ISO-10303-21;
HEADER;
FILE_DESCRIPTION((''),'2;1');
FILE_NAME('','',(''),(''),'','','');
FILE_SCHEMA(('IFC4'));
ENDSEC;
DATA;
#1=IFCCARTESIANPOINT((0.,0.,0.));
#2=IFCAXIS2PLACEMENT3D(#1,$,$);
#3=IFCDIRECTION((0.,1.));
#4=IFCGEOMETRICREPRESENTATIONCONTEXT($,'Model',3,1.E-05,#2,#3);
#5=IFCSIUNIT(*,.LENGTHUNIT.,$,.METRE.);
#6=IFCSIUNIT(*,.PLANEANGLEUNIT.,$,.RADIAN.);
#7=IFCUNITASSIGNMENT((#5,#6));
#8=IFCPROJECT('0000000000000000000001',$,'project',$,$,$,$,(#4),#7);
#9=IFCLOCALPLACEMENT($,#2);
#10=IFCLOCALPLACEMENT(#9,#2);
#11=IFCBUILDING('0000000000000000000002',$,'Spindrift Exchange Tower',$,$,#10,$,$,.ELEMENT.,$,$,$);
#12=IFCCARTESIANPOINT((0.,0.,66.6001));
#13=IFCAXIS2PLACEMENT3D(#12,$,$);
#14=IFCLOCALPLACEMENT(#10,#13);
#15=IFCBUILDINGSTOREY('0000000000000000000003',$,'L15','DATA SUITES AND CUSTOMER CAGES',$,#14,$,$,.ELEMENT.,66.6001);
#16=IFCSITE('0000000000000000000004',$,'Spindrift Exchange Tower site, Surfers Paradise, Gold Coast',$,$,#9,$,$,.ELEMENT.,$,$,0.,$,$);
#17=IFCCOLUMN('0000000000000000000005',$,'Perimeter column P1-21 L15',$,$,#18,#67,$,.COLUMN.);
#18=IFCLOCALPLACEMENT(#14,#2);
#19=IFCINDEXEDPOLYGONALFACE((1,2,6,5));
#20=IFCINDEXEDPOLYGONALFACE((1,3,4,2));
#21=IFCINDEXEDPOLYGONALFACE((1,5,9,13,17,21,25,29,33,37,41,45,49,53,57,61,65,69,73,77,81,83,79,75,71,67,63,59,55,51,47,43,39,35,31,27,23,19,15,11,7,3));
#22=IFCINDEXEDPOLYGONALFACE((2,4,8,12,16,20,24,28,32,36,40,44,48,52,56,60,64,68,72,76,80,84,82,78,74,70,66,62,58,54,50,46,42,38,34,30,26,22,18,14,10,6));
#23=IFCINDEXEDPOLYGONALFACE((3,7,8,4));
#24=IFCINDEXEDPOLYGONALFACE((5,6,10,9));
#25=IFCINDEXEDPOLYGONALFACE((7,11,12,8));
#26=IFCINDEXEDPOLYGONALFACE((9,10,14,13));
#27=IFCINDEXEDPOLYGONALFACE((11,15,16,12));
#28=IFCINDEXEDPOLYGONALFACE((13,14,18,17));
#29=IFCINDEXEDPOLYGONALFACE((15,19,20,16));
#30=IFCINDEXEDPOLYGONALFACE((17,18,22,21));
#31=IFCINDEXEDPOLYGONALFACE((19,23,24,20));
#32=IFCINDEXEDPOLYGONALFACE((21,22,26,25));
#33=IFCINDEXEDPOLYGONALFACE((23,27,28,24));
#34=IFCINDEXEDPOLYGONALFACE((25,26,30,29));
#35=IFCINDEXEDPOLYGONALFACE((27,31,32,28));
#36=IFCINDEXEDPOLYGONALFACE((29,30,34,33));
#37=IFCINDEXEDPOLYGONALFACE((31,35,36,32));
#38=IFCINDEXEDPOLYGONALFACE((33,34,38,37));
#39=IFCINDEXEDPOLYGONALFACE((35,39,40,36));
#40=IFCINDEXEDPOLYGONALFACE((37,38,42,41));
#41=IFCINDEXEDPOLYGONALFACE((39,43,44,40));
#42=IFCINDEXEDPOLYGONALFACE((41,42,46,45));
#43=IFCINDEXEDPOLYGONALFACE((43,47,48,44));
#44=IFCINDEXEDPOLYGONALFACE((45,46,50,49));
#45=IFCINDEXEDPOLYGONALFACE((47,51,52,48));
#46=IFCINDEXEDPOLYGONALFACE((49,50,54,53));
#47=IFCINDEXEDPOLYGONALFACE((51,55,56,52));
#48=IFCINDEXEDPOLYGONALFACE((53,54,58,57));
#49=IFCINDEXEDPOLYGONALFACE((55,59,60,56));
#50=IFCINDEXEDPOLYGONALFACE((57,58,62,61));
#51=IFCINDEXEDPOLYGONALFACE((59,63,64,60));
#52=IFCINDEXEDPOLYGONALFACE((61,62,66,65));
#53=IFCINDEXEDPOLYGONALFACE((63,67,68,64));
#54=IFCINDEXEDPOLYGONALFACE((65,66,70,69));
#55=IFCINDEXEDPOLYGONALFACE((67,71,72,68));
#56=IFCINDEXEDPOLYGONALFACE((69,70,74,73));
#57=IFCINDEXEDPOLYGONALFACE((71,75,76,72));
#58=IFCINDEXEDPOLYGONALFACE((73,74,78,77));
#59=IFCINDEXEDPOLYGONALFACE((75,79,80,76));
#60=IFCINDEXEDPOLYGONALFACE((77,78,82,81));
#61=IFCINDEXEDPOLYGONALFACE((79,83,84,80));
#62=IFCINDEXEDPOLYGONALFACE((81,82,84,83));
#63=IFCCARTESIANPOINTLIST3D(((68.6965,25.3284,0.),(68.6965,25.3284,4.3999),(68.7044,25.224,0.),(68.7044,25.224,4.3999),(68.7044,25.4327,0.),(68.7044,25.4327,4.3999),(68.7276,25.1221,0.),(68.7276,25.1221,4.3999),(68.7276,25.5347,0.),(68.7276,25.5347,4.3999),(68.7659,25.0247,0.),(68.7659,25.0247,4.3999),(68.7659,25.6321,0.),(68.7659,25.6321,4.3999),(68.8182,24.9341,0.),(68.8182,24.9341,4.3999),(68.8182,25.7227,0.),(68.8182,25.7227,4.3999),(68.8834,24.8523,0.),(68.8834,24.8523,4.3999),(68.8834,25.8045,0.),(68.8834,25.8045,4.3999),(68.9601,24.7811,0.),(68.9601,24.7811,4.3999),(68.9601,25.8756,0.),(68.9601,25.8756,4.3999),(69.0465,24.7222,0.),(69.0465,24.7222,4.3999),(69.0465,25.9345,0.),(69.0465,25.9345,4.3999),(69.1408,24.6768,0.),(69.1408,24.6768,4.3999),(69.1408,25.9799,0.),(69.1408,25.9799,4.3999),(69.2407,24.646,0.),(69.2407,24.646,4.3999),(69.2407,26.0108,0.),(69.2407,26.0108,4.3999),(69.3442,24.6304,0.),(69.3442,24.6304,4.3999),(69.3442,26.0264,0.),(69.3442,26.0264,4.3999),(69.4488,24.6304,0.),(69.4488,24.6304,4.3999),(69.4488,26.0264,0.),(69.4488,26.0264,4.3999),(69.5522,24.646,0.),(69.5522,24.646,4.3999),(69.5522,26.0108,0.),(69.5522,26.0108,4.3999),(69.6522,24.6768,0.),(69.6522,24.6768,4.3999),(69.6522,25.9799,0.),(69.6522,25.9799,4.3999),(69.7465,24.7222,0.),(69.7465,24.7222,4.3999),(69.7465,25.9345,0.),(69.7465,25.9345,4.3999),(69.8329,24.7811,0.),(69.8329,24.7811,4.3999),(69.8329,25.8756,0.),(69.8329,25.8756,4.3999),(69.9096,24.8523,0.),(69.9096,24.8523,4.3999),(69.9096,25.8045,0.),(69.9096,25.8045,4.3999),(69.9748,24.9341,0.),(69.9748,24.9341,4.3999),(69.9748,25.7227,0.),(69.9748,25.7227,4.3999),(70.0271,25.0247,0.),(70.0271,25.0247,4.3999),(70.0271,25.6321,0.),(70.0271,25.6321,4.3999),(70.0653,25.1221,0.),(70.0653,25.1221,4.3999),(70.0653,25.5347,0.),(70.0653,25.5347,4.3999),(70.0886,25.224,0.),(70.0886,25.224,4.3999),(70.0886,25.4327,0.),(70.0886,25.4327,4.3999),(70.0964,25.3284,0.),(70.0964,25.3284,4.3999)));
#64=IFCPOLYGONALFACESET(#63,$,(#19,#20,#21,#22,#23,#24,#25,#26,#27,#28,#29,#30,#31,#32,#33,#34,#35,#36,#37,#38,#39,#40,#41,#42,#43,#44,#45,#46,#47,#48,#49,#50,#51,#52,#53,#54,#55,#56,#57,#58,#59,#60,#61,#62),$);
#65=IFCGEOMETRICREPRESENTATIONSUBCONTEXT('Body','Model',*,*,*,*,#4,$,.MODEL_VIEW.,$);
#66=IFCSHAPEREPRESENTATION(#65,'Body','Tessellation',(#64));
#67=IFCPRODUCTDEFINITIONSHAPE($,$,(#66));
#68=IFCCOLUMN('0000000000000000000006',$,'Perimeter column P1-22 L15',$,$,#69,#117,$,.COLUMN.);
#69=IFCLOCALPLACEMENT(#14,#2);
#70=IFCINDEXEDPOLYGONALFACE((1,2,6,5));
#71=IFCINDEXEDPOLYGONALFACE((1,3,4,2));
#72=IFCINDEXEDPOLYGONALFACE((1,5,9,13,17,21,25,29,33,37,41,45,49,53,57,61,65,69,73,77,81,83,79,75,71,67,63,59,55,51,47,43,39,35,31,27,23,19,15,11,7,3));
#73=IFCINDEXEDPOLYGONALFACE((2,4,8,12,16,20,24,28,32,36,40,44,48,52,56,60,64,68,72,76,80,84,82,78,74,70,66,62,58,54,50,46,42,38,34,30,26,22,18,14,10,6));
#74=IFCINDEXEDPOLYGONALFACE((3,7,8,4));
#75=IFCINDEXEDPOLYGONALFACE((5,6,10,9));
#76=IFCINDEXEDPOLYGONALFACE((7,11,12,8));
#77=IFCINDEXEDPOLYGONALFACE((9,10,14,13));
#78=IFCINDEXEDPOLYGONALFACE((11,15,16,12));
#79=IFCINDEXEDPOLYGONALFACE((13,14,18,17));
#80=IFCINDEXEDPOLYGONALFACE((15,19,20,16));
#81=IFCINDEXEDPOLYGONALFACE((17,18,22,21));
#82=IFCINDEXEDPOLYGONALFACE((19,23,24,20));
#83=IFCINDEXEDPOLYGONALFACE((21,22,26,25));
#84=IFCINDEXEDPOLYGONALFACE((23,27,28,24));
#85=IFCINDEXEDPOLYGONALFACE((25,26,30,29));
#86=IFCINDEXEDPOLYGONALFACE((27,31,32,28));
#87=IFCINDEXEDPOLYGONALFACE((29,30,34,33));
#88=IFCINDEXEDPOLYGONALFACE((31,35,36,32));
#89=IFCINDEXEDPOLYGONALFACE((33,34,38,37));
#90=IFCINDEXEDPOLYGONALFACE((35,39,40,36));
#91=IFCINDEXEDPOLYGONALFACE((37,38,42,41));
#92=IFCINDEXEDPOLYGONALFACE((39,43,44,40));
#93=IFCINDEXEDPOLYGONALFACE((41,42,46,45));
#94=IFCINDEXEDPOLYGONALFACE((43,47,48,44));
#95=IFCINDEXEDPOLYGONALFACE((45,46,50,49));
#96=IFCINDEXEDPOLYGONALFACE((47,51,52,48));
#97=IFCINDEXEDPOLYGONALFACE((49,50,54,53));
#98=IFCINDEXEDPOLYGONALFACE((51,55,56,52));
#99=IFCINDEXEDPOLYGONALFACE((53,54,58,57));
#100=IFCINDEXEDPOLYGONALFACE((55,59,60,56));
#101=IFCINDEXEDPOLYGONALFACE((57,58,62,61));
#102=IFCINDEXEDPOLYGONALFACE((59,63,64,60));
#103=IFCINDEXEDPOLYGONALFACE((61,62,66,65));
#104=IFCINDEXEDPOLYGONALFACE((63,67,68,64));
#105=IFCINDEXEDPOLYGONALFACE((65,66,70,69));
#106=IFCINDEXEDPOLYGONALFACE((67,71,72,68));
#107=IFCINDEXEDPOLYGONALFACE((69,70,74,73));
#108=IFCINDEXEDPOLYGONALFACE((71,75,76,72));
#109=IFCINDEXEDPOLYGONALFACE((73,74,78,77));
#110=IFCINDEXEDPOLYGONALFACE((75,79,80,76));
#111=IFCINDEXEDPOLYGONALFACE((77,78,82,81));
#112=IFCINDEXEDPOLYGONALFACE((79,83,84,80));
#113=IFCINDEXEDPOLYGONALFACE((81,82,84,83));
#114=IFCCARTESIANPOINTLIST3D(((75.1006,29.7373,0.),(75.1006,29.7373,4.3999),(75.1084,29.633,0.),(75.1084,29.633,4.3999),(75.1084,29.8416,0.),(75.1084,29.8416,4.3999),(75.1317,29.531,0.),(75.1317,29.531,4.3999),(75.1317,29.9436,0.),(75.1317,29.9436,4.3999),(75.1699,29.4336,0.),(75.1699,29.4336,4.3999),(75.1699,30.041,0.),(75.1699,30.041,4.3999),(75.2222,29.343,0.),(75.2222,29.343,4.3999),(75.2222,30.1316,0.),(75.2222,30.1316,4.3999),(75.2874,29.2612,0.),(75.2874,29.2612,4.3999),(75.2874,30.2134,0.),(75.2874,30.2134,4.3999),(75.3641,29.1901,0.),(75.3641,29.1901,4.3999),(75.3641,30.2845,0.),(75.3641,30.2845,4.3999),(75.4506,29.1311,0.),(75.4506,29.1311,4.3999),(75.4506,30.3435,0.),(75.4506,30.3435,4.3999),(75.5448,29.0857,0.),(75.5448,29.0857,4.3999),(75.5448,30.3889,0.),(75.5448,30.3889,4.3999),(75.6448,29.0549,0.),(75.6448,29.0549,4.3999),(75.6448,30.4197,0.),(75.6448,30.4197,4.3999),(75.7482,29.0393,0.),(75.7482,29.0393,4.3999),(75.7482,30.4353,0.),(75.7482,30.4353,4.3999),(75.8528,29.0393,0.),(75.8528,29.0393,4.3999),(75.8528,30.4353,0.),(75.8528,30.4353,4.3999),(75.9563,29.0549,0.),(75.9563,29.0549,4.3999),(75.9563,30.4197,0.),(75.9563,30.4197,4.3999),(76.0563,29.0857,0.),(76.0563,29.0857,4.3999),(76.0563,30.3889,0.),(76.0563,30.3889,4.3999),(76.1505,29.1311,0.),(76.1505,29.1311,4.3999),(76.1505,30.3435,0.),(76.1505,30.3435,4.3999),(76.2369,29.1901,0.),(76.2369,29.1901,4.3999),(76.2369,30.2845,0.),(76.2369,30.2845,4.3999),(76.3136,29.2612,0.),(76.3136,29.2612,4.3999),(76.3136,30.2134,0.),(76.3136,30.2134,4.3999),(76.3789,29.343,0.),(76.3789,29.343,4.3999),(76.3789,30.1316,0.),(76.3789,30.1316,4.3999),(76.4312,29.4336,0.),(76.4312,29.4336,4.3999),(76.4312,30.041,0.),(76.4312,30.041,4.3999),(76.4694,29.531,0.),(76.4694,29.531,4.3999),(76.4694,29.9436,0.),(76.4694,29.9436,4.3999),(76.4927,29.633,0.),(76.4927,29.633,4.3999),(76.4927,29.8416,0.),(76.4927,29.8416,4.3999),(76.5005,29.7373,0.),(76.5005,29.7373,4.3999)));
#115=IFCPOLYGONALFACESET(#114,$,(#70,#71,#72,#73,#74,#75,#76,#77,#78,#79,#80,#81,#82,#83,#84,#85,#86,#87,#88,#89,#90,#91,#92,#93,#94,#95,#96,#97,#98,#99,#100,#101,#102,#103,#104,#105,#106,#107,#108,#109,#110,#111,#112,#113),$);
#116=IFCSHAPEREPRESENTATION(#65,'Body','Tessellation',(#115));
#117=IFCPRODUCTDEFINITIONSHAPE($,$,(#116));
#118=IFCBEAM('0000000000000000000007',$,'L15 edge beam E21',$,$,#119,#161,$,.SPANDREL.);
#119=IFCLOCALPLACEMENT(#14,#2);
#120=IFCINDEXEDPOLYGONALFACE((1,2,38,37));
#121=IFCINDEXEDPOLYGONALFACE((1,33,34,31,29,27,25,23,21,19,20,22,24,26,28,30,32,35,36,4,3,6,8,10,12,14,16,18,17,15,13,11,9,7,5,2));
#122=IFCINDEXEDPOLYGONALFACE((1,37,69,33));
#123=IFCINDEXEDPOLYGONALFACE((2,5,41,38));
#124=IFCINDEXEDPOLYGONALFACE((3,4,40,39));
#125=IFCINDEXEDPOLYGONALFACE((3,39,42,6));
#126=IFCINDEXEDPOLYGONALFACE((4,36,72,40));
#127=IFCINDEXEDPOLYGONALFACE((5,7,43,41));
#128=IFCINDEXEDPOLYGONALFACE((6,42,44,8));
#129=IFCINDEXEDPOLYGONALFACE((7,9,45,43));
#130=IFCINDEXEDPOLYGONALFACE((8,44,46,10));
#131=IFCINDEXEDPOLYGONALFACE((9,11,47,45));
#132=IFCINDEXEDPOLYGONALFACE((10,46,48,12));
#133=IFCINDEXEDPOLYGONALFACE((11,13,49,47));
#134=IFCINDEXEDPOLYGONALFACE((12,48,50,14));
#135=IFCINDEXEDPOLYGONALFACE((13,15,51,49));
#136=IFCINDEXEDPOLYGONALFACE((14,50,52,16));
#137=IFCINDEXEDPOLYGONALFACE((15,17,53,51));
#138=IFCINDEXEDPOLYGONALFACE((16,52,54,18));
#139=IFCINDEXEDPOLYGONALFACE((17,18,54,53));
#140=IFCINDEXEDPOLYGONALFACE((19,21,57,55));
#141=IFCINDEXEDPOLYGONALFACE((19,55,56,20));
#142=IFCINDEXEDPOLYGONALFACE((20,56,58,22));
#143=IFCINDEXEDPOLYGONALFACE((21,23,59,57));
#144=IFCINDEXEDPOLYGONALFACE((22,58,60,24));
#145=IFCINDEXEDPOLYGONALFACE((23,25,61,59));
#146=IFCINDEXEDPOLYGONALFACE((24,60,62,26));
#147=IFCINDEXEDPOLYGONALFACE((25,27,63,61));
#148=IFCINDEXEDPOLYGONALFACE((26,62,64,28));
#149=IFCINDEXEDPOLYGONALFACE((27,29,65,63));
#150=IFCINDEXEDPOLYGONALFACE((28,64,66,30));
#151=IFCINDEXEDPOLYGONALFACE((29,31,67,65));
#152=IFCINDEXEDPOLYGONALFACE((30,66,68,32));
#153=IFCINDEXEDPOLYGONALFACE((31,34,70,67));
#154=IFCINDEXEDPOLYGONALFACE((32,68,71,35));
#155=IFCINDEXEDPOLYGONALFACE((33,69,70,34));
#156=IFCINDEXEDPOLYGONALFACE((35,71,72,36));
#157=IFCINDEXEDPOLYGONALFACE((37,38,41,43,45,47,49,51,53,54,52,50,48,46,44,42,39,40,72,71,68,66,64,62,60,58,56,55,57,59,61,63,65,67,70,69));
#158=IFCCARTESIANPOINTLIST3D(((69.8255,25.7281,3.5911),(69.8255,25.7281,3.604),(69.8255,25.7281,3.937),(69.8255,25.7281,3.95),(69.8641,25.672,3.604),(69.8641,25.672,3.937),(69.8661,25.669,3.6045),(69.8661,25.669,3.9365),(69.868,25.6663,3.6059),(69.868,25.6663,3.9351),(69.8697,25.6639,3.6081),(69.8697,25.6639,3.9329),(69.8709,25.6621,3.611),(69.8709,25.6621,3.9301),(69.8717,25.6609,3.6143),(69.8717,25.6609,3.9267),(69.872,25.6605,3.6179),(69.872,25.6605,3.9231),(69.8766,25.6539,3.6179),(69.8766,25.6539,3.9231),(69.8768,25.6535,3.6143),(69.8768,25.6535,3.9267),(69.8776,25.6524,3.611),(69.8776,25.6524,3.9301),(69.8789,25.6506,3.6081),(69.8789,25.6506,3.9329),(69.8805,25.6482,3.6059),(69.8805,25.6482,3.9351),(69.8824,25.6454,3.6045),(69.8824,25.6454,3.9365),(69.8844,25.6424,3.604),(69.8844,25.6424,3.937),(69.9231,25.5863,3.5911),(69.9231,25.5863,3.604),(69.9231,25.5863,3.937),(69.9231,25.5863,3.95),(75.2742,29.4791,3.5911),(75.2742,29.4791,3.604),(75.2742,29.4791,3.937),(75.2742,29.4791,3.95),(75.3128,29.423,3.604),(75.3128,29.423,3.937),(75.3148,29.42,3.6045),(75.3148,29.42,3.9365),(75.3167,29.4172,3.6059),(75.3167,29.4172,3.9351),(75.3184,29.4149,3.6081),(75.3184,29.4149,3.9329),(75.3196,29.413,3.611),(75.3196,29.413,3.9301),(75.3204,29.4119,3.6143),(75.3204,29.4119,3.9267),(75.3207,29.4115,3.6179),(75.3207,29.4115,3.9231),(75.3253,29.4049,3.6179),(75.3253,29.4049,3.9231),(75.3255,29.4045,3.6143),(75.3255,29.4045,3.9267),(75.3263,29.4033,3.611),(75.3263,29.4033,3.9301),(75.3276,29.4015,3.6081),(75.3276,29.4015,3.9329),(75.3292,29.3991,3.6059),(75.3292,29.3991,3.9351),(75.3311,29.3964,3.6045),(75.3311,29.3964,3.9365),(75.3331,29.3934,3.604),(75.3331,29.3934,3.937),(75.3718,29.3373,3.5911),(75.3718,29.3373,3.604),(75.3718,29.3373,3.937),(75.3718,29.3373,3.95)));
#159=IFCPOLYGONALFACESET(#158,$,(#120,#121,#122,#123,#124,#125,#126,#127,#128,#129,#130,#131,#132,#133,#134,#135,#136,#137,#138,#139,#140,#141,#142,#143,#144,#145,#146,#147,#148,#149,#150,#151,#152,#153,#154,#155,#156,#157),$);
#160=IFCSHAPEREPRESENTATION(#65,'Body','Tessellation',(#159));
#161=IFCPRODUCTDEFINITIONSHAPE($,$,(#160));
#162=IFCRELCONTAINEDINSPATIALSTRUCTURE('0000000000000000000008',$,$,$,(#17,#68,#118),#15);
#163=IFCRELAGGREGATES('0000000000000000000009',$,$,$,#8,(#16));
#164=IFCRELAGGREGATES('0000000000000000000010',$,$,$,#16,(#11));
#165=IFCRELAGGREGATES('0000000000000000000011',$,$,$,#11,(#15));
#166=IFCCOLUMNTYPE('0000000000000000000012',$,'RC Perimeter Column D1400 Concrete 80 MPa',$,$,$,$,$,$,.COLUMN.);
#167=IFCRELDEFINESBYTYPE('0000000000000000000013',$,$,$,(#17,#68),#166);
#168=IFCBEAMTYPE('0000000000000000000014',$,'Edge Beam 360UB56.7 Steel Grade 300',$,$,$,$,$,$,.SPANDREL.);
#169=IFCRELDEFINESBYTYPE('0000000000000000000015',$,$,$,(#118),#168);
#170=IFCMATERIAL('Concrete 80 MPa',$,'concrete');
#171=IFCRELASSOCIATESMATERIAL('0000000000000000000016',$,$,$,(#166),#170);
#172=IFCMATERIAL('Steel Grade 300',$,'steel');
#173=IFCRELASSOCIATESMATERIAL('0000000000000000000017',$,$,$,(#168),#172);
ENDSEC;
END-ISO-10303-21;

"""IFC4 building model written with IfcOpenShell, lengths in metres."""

from ifc_helpers import new_model, si_unit, direction, frame, origin, origin_2d, place, context, subcontext, project, spatial, circle, i_section, extrude, source, transform, mapped, material, material_profile, profile_set, type_object, element, save


model = new_model("IFC4")

# Units and contexts
model_context = context("Model", 3, precision=1e-05, world=origin(), true_north=direction((0.0, 1.0)))
body_context = subcontext(model_context, "Body", "Model", "MODEL_VIEW")
ifc_project = project(units=[si_unit("LENGTHUNIT", "METRE"), si_unit("PLANEANGLEUNIT", "RADIAN")], contexts=[model_context])

# Site, building, storey
site_placement = place(None, origin())
site = spatial("IfcSite", under=ifc_project, at=site_placement, Name="Spindrift Exchange Tower site, Surfers Paradise, Gold Coast", CompositionType="ELEMENT", RefElevation=0.0)
building_placement = place(site_placement, origin())
building = spatial("IfcBuilding", under=site, at=building_placement, Name="Spindrift Exchange Tower", CompositionType="ELEMENT")
storey_placement = place(building_placement, frame((0.0, 0.0, 66.6001)))
storey = spatial("IfcBuildingStorey", under=building, at=storey_placement, Name="L15", Description="DATA SUITES AND CUSTOMER CAGES", CompositionType="ELEMENT", Elevation=66.6001)

# Columns
ifc_material_1 = material(Name="Concrete 80 MPa", Category="concrete")
ifc_material_profile_1 = material_profile(ifc_material_1, circle(Radius=0.7, at=origin_2d()), Name="RC D1400")
ifc_profile_set_1 = profile_set([ifc_material_profile_1], Name="Concrete 80 MPa")
column_type = type_object("IfcColumnType", Name="RC Perimeter Column D1400 Concrete 80 MPa", PredefinedType="COLUMN", material=ifc_profile_set_1)
shared_shape_1 = source(origin(), body_context, "Body", "SweptSolid", [
    extrude(circle(Radius=0.7, at=origin_2d()), origin(), (0.0, 0.0, 1.0), 4.3999),
])
for number, where, z_axis, x_axis, name in (
    (1, (69.3965, 25.3284, 0.0), (0.0, 0.0, 1.0), (1.0, 0.0, 0.0), "Perimeter column P1-21 L15"),
    (2, (75.8005, 29.7373, 0.0), (0.0, 0.0, 1.0), (1.0, 0.0, 0.0), "Perimeter column P1-22 L15"),
):
    element("IfcColumn", number, at=place(storey_placement, frame(where, z_axis=z_axis, x_axis=x_axis)), inside=storey, type_object=column_type, Name=name, PredefinedType="COLUMN", context=body_context, shape_type="MappedRepresentation", body=[
        mapped(shared_shape_1, transform((0.0, 0.0, 0.0), scale=1.0)),
    ])

# Beam
ifc_material_2 = material(Name="Steel Grade 300", Category="steel")
ifc_material_profile_2 = material_profile(ifc_material_2, i_section(OverallWidth=0.1721, OverallDepth=0.3589, WebThickness=0.0081, FlangeThickness=0.0129, FilletRadius=0.0139, at=origin_2d()), Name="360UB56.7")
ifc_profile_set_2 = profile_set([ifc_material_profile_2], Name="Steel Grade 300")
beam_type_1 = type_object("IfcBeamType", Name="Edge Beam 360UB56.7 Steel Grade 300", PredefinedType="SPANDREL", material=ifc_profile_set_2)
shared_shape_2 = source(origin(), body_context, "Body", "SweptSolid", [
    extrude(i_section(OverallWidth=0.1721, OverallDepth=0.3589, WebThickness=0.0081, FlangeThickness=0.0129, FilletRadius=0.0139, at=origin_2d()), origin(), (0.0, 0.0, 1.0), 6.615),
])
beam_1_placement = place(storey_placement, frame((69.8743, 25.6572, 3.7705), z_axis=(0.823691, 0.567039, 0.0), x_axis=(-0.567039, 0.823691, 0.0)))
element("IfcBeam", 3, at=beam_1_placement, inside=storey, type_object=beam_type_1, Name="L15 edge beam E21", PredefinedType="SPANDREL", context=body_context, shape_type="MappedRepresentation", body=[
    mapped(shared_shape_2, transform((0.0, 0.0, 0.0), scale=1.0)),
])

save(model, "model.ifc")
